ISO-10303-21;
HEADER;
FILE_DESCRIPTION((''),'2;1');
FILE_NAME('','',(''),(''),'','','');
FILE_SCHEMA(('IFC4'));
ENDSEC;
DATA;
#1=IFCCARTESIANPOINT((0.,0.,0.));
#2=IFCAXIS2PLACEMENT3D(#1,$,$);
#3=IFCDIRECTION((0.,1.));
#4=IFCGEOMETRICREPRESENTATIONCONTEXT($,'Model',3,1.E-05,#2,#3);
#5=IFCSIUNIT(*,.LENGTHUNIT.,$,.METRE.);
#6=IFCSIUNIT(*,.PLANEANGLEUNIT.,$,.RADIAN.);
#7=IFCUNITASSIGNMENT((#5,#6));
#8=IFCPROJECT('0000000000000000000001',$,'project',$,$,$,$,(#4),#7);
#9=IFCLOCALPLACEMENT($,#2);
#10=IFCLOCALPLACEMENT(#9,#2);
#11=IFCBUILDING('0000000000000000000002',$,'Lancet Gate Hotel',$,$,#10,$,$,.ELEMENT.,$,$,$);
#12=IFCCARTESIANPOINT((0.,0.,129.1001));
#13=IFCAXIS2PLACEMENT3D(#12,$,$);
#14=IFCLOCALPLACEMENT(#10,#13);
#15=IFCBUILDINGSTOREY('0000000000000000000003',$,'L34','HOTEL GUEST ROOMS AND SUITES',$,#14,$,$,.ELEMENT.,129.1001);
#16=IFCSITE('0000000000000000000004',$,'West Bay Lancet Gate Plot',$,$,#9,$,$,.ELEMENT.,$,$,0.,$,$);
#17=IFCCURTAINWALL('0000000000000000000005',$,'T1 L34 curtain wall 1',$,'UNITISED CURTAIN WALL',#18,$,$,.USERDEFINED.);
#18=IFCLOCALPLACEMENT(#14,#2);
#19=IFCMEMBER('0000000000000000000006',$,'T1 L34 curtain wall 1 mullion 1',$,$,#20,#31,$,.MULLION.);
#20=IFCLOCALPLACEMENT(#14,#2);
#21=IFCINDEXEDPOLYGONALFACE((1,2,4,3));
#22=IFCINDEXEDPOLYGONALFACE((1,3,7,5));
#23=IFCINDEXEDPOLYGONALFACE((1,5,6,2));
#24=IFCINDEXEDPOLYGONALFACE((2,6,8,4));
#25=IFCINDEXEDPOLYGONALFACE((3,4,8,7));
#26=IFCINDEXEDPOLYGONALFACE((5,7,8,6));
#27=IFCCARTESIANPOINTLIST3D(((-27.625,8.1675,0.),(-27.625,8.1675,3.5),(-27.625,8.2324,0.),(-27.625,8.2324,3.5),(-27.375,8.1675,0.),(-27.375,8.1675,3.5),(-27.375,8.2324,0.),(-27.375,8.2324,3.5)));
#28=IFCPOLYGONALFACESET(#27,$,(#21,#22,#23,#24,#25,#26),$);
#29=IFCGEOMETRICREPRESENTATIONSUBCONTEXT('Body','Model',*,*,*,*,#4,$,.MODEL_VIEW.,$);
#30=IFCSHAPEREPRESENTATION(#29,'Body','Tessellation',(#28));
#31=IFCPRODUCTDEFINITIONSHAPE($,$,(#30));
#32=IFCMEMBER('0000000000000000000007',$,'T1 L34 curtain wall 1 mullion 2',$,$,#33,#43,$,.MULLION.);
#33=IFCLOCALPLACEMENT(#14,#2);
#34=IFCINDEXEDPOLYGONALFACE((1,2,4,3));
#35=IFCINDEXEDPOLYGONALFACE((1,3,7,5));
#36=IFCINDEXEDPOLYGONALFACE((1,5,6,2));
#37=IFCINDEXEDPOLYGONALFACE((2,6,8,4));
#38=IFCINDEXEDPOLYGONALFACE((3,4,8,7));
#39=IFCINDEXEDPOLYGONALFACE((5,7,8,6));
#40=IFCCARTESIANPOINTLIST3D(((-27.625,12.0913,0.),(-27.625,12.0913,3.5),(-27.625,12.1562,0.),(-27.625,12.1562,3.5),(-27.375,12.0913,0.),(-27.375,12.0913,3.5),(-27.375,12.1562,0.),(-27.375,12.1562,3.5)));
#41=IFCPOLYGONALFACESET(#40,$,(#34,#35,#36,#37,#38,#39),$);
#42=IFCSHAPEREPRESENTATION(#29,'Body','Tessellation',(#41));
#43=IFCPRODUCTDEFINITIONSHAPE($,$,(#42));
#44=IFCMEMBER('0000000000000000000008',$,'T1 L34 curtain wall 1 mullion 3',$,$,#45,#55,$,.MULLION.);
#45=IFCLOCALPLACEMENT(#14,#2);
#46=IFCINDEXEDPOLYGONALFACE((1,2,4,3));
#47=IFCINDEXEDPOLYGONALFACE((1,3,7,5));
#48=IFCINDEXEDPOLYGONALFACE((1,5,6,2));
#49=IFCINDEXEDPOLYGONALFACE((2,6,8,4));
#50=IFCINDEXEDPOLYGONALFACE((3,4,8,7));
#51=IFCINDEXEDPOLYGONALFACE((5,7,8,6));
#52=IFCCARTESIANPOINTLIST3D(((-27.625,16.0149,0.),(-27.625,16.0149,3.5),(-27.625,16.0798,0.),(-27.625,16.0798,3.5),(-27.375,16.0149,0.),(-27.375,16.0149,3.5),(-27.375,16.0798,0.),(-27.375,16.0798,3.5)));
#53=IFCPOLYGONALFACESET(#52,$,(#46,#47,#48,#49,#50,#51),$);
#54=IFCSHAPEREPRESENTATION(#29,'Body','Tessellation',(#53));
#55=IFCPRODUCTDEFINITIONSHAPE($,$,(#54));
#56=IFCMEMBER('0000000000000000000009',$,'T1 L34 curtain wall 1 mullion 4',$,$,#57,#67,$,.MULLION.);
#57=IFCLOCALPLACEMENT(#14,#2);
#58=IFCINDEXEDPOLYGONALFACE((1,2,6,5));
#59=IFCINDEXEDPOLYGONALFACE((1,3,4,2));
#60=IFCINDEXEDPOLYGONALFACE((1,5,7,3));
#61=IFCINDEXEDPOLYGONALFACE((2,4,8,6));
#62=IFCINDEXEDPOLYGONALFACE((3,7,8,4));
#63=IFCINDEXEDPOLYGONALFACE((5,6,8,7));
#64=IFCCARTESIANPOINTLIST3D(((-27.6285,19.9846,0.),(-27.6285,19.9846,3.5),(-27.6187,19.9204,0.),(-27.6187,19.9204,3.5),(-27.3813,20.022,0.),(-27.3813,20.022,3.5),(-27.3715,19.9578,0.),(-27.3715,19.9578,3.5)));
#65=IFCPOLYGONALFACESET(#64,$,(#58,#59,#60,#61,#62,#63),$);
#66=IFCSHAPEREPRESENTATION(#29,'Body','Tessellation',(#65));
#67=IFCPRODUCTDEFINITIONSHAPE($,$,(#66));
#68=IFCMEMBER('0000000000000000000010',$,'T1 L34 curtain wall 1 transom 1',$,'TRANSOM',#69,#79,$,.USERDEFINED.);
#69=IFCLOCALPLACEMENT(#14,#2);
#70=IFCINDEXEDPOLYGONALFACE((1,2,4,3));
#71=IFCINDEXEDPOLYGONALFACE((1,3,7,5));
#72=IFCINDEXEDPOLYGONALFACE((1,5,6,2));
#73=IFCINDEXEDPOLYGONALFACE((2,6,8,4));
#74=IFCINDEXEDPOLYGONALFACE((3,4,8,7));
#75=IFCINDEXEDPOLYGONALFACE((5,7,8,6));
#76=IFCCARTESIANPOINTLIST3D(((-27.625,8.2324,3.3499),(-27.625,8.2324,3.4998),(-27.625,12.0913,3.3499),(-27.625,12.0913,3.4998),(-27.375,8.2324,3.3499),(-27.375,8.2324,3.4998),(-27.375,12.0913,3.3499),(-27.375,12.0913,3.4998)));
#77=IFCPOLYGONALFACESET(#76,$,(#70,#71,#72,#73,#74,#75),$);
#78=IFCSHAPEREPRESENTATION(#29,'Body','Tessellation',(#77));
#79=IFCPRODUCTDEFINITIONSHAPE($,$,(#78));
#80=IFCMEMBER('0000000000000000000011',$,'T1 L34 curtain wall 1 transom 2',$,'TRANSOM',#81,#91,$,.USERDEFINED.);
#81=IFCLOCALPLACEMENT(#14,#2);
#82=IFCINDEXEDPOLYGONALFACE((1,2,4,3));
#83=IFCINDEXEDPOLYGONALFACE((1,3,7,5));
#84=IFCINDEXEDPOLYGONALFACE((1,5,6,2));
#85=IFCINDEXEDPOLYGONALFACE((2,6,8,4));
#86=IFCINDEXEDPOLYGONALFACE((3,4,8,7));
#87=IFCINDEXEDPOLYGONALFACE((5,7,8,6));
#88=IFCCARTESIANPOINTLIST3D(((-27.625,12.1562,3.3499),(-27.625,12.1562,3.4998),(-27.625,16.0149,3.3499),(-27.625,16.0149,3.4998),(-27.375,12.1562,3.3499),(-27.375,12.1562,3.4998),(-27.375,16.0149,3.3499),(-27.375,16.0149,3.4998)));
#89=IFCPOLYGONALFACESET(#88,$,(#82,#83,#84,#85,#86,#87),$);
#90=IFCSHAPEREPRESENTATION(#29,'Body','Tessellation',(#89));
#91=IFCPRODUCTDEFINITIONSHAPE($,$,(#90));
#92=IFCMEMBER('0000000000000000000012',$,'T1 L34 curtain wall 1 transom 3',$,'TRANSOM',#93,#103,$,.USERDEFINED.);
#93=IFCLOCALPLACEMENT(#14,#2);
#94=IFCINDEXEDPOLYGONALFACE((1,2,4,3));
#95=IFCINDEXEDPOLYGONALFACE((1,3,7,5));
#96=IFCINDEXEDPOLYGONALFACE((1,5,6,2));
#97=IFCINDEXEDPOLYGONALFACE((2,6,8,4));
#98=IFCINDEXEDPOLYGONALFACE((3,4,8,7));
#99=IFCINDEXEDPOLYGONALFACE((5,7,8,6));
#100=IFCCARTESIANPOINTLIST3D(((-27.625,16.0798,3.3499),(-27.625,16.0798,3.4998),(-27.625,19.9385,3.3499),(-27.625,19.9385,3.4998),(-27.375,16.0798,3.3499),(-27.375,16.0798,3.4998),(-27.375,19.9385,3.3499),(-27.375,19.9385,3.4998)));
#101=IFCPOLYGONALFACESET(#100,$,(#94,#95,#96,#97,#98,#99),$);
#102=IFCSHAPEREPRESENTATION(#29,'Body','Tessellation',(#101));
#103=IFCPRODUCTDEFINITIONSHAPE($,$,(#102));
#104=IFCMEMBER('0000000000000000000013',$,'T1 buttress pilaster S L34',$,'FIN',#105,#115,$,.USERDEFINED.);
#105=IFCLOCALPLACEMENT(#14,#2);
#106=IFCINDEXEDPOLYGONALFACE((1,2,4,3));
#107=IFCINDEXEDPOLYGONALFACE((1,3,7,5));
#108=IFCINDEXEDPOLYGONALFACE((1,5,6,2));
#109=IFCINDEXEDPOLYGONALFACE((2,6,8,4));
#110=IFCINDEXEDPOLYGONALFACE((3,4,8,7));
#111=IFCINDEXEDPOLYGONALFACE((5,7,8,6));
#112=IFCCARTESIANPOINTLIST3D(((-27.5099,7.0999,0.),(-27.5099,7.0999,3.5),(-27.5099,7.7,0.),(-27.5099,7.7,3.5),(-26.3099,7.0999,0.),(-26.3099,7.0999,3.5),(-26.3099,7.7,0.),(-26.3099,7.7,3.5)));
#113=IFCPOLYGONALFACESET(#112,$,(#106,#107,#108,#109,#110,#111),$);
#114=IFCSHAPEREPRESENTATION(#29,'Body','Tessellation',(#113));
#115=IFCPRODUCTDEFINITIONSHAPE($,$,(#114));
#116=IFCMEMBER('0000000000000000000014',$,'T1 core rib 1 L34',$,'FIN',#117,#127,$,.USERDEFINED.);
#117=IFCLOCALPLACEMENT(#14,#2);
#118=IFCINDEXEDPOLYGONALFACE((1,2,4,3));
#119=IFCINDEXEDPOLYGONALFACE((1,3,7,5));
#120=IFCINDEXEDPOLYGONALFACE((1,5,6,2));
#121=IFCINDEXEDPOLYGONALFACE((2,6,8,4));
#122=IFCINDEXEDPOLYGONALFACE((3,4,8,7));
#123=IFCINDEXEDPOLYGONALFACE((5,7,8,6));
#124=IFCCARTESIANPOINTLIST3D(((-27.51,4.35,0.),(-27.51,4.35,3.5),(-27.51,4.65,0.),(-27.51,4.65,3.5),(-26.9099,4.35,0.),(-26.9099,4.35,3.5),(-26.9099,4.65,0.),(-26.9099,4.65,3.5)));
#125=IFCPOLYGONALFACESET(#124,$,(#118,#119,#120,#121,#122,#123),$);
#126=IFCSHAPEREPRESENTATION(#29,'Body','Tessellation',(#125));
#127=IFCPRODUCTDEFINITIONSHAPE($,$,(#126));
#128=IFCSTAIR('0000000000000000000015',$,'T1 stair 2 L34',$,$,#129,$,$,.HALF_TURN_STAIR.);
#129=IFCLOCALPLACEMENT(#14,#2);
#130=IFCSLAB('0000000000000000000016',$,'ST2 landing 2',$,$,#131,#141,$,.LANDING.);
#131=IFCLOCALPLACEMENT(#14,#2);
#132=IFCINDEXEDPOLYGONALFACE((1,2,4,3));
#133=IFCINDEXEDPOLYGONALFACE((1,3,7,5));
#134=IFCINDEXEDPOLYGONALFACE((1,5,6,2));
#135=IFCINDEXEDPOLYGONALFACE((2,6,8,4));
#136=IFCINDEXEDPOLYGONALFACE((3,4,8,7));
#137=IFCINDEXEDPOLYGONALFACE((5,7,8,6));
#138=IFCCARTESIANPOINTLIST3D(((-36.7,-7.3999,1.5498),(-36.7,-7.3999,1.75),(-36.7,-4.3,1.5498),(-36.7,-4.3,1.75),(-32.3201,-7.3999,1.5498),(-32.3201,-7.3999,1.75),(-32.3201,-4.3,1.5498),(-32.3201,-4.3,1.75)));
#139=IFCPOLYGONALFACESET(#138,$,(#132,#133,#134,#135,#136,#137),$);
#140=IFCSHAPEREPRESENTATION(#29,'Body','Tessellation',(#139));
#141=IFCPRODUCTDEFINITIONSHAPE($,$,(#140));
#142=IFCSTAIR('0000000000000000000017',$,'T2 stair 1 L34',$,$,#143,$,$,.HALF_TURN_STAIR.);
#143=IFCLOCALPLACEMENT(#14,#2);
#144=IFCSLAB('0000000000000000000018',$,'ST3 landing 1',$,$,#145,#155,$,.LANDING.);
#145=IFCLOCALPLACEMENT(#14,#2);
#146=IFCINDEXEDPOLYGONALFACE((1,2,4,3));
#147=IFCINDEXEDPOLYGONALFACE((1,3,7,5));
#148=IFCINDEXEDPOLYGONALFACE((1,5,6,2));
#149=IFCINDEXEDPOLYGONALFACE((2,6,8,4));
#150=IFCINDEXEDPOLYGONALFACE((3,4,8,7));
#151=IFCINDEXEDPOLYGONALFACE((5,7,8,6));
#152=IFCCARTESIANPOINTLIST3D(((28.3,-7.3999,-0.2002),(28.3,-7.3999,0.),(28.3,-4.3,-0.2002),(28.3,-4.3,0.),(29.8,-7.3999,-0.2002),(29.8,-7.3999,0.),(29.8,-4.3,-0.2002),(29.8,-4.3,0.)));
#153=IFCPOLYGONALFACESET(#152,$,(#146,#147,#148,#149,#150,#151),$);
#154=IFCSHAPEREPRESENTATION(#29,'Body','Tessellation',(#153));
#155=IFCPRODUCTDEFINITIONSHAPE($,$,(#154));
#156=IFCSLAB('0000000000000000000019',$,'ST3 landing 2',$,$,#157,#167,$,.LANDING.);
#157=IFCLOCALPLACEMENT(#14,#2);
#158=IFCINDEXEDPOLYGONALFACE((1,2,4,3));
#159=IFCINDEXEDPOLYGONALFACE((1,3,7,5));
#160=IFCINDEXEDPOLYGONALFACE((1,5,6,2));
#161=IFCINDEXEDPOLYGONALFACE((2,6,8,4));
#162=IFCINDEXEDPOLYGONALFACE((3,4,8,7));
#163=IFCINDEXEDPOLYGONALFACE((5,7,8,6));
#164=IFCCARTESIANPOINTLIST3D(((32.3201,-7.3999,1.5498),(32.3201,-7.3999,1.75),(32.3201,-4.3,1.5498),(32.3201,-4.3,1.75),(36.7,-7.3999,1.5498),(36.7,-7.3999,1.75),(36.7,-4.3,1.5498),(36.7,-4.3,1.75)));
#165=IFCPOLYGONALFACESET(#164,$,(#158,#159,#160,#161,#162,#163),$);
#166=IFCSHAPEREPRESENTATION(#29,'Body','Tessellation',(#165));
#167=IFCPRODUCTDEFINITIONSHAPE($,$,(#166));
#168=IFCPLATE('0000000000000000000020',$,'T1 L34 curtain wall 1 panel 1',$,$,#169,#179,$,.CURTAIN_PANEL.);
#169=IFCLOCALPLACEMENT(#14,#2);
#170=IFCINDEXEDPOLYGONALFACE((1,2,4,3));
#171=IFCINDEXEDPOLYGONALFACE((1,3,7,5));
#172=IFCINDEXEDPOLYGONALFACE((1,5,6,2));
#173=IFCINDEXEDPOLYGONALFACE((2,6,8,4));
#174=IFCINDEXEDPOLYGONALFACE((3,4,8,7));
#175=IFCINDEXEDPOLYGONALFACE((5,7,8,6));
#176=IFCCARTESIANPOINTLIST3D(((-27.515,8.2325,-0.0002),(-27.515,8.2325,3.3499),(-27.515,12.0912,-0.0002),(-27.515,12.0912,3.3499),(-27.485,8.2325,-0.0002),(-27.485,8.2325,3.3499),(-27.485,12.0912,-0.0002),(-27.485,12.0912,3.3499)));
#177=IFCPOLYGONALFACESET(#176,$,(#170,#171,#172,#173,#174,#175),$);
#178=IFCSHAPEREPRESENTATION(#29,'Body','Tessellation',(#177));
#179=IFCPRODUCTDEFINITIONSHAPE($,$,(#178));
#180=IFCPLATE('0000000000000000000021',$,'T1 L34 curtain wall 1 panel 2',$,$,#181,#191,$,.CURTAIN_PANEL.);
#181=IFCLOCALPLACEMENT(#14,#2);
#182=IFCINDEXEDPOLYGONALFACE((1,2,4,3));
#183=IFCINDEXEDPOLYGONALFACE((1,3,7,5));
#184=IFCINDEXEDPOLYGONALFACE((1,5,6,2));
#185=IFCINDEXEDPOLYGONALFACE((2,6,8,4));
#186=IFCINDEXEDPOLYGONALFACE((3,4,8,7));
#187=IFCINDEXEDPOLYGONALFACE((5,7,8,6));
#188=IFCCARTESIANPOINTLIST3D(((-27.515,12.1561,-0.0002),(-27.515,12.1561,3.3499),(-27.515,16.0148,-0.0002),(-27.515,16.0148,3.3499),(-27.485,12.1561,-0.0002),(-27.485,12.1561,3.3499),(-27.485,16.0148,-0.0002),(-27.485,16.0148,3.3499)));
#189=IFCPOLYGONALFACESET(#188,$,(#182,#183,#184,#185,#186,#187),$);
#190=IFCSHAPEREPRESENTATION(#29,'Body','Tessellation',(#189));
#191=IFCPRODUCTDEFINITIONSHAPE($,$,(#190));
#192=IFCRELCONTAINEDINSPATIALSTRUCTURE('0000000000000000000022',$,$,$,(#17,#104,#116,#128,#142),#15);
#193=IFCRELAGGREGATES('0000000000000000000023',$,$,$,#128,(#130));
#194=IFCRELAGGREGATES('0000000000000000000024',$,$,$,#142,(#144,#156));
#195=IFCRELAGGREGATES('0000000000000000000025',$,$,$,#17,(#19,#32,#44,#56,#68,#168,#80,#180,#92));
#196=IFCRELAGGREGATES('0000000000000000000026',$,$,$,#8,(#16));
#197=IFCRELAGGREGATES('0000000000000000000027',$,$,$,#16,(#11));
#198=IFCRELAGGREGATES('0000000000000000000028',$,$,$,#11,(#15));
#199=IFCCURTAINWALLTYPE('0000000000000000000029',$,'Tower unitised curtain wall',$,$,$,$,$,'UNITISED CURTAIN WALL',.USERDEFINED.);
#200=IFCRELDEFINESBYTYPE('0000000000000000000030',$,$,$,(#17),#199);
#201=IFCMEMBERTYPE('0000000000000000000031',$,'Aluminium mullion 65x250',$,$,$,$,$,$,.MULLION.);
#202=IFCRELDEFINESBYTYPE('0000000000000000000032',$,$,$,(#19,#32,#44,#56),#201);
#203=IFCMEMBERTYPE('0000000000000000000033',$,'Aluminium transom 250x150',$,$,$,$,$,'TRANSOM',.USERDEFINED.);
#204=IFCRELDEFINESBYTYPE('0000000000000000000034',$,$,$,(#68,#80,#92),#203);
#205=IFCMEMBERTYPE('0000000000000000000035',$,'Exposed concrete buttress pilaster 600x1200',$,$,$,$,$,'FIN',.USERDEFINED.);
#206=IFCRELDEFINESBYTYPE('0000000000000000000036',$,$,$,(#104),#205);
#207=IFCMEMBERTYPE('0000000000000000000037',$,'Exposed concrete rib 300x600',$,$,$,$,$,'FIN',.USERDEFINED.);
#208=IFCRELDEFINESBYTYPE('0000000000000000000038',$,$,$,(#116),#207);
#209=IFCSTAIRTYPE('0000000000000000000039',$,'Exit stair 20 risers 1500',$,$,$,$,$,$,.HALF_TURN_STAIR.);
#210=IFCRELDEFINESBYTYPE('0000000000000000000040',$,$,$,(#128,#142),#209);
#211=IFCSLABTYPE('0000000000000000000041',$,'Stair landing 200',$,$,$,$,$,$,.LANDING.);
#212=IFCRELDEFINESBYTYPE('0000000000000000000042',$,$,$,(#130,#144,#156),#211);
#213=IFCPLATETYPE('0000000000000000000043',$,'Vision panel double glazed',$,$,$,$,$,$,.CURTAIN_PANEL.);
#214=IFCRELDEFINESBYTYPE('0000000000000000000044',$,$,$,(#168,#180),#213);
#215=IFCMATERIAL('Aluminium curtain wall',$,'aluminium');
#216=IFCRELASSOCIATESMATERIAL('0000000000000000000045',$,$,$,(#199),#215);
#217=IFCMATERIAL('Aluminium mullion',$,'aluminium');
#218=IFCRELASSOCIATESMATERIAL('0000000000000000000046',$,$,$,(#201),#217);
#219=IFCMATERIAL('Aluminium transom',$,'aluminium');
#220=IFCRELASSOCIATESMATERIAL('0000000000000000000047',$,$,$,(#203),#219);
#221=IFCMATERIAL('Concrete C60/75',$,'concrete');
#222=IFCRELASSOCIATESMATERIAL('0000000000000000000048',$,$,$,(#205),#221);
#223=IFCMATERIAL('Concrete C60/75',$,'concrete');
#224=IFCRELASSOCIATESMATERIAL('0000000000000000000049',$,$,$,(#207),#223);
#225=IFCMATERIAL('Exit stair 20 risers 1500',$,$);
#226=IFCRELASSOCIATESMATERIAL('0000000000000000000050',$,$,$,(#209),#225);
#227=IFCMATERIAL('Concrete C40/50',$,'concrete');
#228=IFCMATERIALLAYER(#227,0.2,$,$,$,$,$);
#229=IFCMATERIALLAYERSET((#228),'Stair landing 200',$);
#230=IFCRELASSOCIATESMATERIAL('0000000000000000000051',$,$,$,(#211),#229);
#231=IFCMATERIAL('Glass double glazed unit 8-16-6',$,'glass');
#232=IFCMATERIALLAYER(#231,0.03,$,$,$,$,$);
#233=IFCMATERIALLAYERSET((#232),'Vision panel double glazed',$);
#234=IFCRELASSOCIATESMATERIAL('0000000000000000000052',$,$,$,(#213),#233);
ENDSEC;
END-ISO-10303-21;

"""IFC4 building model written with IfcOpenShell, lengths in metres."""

from ifc_helpers import new_model, si_unit, direction, frame, origin, origin_2d, place, context, subcontext, project, spatial, polyline, rectangle, outline, extrude, material, layer, layer_set, material_profile, profile_set, type_object, element, aggregate, save


model = new_model("IFC4")

# Units and contexts
model_context = context("Model", 3, precision=1e-05, world=origin(), true_north=direction((0.0, 1.0)))
body_context = subcontext(model_context, "Body", "Model", "MODEL_VIEW")
ifc_project = project(units=[si_unit("LENGTHUNIT", "METRE"), si_unit("PLANEANGLEUNIT", "RADIAN")], contexts=[model_context])

# Site, building, storey
site_placement = place(None, origin())
site = spatial("IfcSite", under=ifc_project, at=site_placement, Name="West Bay Lancet Gate Plot", CompositionType="ELEMENT", RefElevation=0.0)
building_placement = place(site_placement, origin())
building = spatial("IfcBuilding", under=site, at=building_placement, Name="Lancet Gate Hotel", CompositionType="ELEMENT")
storey_placement = place(building_placement, frame((0.0, 0.0, 129.1001)))
storey = spatial("IfcBuildingStorey", under=building, at=storey_placement, Name="L34", Description="HOTEL GUEST ROOMS AND SUITES", CompositionType="ELEMENT", Elevation=129.1001)

# Curtain wall, members
ifc_material_1 = material(Name="Aluminium curtain wall", Category="aluminium")
curtain_wall_type = type_object("IfcCurtainWallType", Name="Tower unitised curtain wall", ElementType="UNITISED CURTAIN WALL", PredefinedType="USERDEFINED", material=ifc_material_1)
curtain_wall_placement = place(storey_placement, origin())
curtain_wall = element("IfcCurtainWall", 1, at=curtain_wall_placement, inside=storey, type_object=curtain_wall_type, Name="T1 L34 curtain wall 1", ObjectType="UNITISED CURTAIN WALL", PredefinedType="USERDEFINED")
ifc_material_2 = material(Name="Aluminium mullion", Category="aluminium")
ifc_material_profile_1 = material_profile(ifc_material_2, rectangle(XDim=0.0649, YDim=0.25, at=origin_2d()), Name="MULLION 65x250")
ifc_profile_set_1 = profile_set([ifc_material_profile_1], Name="Aluminium mullion")
member_type_1 = type_object("IfcMemberType", Name="Aluminium mullion 65x250", PredefinedType="MULLION", material=ifc_profile_set_1)
member_1_placement = place(storey_placement, frame((-27.5, 8.2, 0.0), z_axis=(0.0, 0.0, 1.0), x_axis=(0.0, 1.0, 0.0)))
member_1 = element("IfcMember", 2, at=member_1_placement, type_object=member_type_1, Name="T1 L34 curtain wall 1 mullion 1", PredefinedType="MULLION", context=body_context, shape_type="SweptSolid", body=[
    extrude(rectangle(XDim=0.0649, YDim=0.25, at=origin_2d()), origin(), (0.0, 0.0, 1.0), 3.5),
])
member_2_placement = place(storey_placement, frame((-27.5, 12.1238, 0.0), z_axis=(0.0, 0.0, 1.0), x_axis=(0.0, 1.0, 0.0)))
member_2 = element("IfcMember", 3, at=member_2_placement, type_object=member_type_1, Name="T1 L34 curtain wall 1 mullion 2", PredefinedType="MULLION", context=body_context, shape_type="SweptSolid", body=[
    extrude(rectangle(XDim=0.0649, YDim=0.25, at=origin_2d()), origin(), (0.0, 0.0, 1.0), 3.5),
])
member_3_placement = place(storey_placement, frame((-27.5, 16.0474, 0.0), z_axis=(0.0, 0.0, 1.0), x_axis=(0.0, 1.0, 0.0)))
member_3 = element("IfcMember", 4, at=member_3_placement, type_object=member_type_1, Name="T1 L34 curtain wall 1 mullion 3", PredefinedType="MULLION", context=body_context, shape_type="SweptSolid", body=[
    extrude(rectangle(XDim=0.0649, YDim=0.25, at=origin_2d()), origin(), (0.0, 0.0, 1.0), 3.5),
])
member_4_placement = place(storey_placement, frame((-27.5, 19.9712, 0.0), z_axis=(0.0, 0.0, 1.0), x_axis=(-0.149634, 0.988741, 0.0)))
member_4 = element("IfcMember", 5, at=member_4_placement, type_object=member_type_1, Name="T1 L34 curtain wall 1 mullion 4", PredefinedType="MULLION", context=body_context, shape_type="SweptSolid", body=[
    extrude(rectangle(XDim=0.0649, YDim=0.25, at=origin_2d()), origin(), (0.0, 0.0, 1.0), 3.5),
])
ifc_material_3 = material(Name="Aluminium transom", Category="aluminium")
ifc_material_profile_2 = material_profile(ifc_material_3, rectangle(XDim=0.25, YDim=0.1499, at=origin_2d()), Name="TRANSOM 250x150")
ifc_profile_set_2 = profile_set([ifc_material_profile_2], Name="Aluminium transom")
member_type_2 = type_object("IfcMemberType", Name="Aluminium transom 250x150", ElementType="TRANSOM", PredefinedType="USERDEFINED", material=ifc_profile_set_2)
member_5_placement = place(storey_placement, frame((-27.5, 8.2324, 3.4248), z_axis=(0.0, 1.0, 0.0), x_axis=(-1.0, 0.0, 0.0)))
member_5 = element("IfcMember", 6, at=member_5_placement, type_object=member_type_2, Name="T1 L34 curtain wall 1 transom 1", ObjectType="TRANSOM", PredefinedType="USERDEFINED", context=body_context, shape_type="SweptSolid", body=[
    extrude(rectangle(XDim=0.25, YDim=0.1499, at=origin_2d()), origin(), (0.0, 0.0, 1.0), 3.8589),
])
member_6_placement = place(storey_placement, frame((-27.5, 12.1562, 3.4248), z_axis=(0.0, 1.0, 0.0), x_axis=(-1.0, 0.0, 0.0)))
member_6 = element("IfcMember", 7, at=member_6_placement, type_object=member_type_2, Name="T1 L34 curtain wall 1 transom 2", ObjectType="TRANSOM", PredefinedType="USERDEFINED", context=body_context, shape_type="SweptSolid", body=[
    extrude(rectangle(XDim=0.25, YDim=0.1499, at=origin_2d()), origin(), (0.0, 0.0, 1.0), 3.8586),
])
member_7_placement = place(storey_placement, frame((-27.5, 16.0798, 3.4248), z_axis=(0.0, 1.0, 0.0), x_axis=(-1.0, 0.0, 0.0)))
member_7 = element("IfcMember", 8, at=member_7_placement, type_object=member_type_2, Name="T1 L34 curtain wall 1 transom 3", ObjectType="TRANSOM", PredefinedType="USERDEFINED", context=body_context, shape_type="SweptSolid", body=[
    extrude(rectangle(XDim=0.25, YDim=0.1499, at=origin_2d()), origin(), (0.0, 0.0, 1.0), 3.8586),
])

# Members
ifc_material_4 = material(Name="Concrete C60/75", Category="concrete")
ifc_material_profile_3 = material_profile(ifc_material_4, rectangle(XDim=0.6001, YDim=1.2, at=origin_2d()), Name="FIN 600x1200")
ifc_profile_set_3 = profile_set([ifc_material_profile_3], Name="Concrete C60/75")
member_type_3 = type_object("IfcMemberType", Name="Exposed concrete buttress pilaster 600x1200", ElementType="FIN", PredefinedType="USERDEFINED", material=ifc_profile_set_3)
member_8_placement = place(storey_placement, frame((-26.9099, 7.3999, 0.0), z_axis=(0.0, 0.0, 1.0), x_axis=(0.0, 1.0, 0.0)))
element("IfcMember", 9, at=member_8_placement, inside=storey, type_object=member_type_3, Name="T1 buttress pilaster S L34", ObjectType="FIN", PredefinedType="USERDEFINED", context=body_context, shape_type="SweptSolid", body=[
    extrude(rectangle(XDim=0.6001, YDim=1.2, at=origin_2d()), origin(), (0.0, 0.0, 1.0), 3.5),
])
ifc_material_5 = material(Name="Concrete C60/75", Category="concrete")
ifc_material_profile_4 = material_profile(ifc_material_5, rectangle(XDim=0.3, YDim=0.6001, at=origin_2d()), Name="FIN 300x600")
ifc_profile_set_4 = profile_set([ifc_material_profile_4], Name="Concrete C60/75")
member_type_4 = type_object("IfcMemberType", Name="Exposed concrete rib 300x600", ElementType="FIN", PredefinedType="USERDEFINED", material=ifc_profile_set_4)
member_9_placement = place(storey_placement, frame((-27.21, 4.5, 0.0), z_axis=(0.0, 0.0, 1.0), x_axis=(0.0, 1.0, 0.0)))
element("IfcMember", 10, at=member_9_placement, inside=storey, type_object=member_type_4, Name="T1 core rib 1 L34", ObjectType="FIN", PredefinedType="USERDEFINED", context=body_context, shape_type="SweptSolid", body=[
    extrude(rectangle(XDim=0.3, YDim=0.6001, at=origin_2d()), origin(), (0.0, 0.0, 1.0), 3.5),
])

# Stair, slab
ifc_material_6 = material(Name="Exit stair 20 risers 1500")
stair_type = type_object("IfcStairType", Name="Exit stair 20 risers 1500", PredefinedType="HALF_TURN_STAIR", material=ifc_material_6)
stair_1_placement = place(storey_placement, origin())
stair_1 = element("IfcStair", 11, at=stair_1_placement, inside=storey, type_object=stair_type, Name="T1 stair 2 L34", PredefinedType="HALF_TURN_STAIR")
ifc_material_7 = material(Name="Concrete C40/50", Category="concrete")
ifc_layer_1 = layer(ifc_material_7, 0.2)
ifc_layer_set_1 = layer_set([ifc_layer_1], Name="Stair landing 200")
slab_type = type_object("IfcSlabType", Name="Stair landing 200", PredefinedType="LANDING", material=ifc_layer_set_1)
slab_1_placement = place(storey_placement, frame((0.0, 0.0, 1.5498)))
slab_1 = element("IfcSlab", 12, at=slab_1_placement, type_object=slab_type, Name="ST2 landing 2", PredefinedType="LANDING", context=body_context, shape_type="SweptSolid", body=[
    extrude(outline(polyline([(-32.3201, -4.3), (-36.7, -4.3), (-36.7, -7.3999), (-32.3201, -7.3999), (-32.3201, -4.3)])), origin(), (0.0, 0.0, 1.0), 0.2002),
])
aggregate(stair_1, [slab_1])

# Stair, slabs
stair_2_placement = place(storey_placement, origin())
stair_2 = element("IfcStair", 13, at=stair_2_placement, inside=storey, type_object=stair_type, Name="T2 stair 1 L34", PredefinedType="HALF_TURN_STAIR")
slab_2_placement = place(storey_placement, frame((0.0, 0.0, -0.2002)))
slab_2 = element("IfcSlab", 14, at=slab_2_placement, type_object=slab_type, Name="ST3 landing 1", PredefinedType="LANDING", context=body_context, shape_type="SweptSolid", body=[
    extrude(outline(polyline([(28.3, -7.3999), (29.8, -7.3999), (29.8, -4.3), (28.3, -4.3), (28.3, -7.3999)])), origin(), (0.0, 0.0, 1.0), 0.2002),
])
slab_3_placement = place(storey_placement, frame((0.0, 0.0, 1.5498)))
slab_3 = element("IfcSlab", 15, at=slab_3_placement, type_object=slab_type, Name="ST3 landing 2", PredefinedType="LANDING", context=body_context, shape_type="SweptSolid", body=[
    extrude(outline(polyline([(32.3201, -7.3999), (36.7, -7.3999), (36.7, -4.3), (32.3201, -4.3), (32.3201, -7.3999)])), origin(), (0.0, 0.0, 1.0), 0.2002),
])
aggregate(stair_2, [slab_2, slab_3])

# Plates
ifc_material_8 = material(Name="Glass double glazed unit 8-16-6", Category="glass")
ifc_layer_2 = layer(ifc_material_8, 0.03)
ifc_layer_set_2 = layer_set([ifc_layer_2], Name="Vision panel double glazed")
plate_type = type_object("IfcPlateType", Name="Vision panel double glazed", PredefinedType="CURTAIN_PANEL", material=ifc_layer_set_2)
plate_1_placement = place(storey_placement, frame((-27.5, 10.1619, -0.0002), z_axis=(0.0, 0.0, 1.0), x_axis=(0.0, 1.0, 0.0)))
plate_1 = element("IfcPlate", 16, at=plate_1_placement, type_object=plate_type, Name="T1 L34 curtain wall 1 panel 1", PredefinedType="CURTAIN_PANEL", context=body_context, shape_type="SweptSolid", body=[
    extrude(rectangle(XDim=3.8586, YDim=0.03, at=origin_2d()), origin(), (0.0, 0.0, 1.0), 3.3501),
])
plate_2_placement = place(storey_placement, frame((-27.5, 14.0854, -0.0002), z_axis=(0.0, 0.0, 1.0), x_axis=(0.0, 1.0, 0.0)))
plate_2 = element("IfcPlate", 17, at=plate_2_placement, type_object=plate_type, Name="T1 L34 curtain wall 1 panel 2", PredefinedType="CURTAIN_PANEL", context=body_context, shape_type="SweptSolid", body=[
    extrude(rectangle(XDim=3.8586, YDim=0.03, at=origin_2d()), origin(), (0.0, 0.0, 1.0), 3.3501),
])
aggregate(curtain_wall, [member_1, member_2, member_3, member_4, member_5, plate_1, member_6, plate_2, member_7])

save(model, "model.ifc")
